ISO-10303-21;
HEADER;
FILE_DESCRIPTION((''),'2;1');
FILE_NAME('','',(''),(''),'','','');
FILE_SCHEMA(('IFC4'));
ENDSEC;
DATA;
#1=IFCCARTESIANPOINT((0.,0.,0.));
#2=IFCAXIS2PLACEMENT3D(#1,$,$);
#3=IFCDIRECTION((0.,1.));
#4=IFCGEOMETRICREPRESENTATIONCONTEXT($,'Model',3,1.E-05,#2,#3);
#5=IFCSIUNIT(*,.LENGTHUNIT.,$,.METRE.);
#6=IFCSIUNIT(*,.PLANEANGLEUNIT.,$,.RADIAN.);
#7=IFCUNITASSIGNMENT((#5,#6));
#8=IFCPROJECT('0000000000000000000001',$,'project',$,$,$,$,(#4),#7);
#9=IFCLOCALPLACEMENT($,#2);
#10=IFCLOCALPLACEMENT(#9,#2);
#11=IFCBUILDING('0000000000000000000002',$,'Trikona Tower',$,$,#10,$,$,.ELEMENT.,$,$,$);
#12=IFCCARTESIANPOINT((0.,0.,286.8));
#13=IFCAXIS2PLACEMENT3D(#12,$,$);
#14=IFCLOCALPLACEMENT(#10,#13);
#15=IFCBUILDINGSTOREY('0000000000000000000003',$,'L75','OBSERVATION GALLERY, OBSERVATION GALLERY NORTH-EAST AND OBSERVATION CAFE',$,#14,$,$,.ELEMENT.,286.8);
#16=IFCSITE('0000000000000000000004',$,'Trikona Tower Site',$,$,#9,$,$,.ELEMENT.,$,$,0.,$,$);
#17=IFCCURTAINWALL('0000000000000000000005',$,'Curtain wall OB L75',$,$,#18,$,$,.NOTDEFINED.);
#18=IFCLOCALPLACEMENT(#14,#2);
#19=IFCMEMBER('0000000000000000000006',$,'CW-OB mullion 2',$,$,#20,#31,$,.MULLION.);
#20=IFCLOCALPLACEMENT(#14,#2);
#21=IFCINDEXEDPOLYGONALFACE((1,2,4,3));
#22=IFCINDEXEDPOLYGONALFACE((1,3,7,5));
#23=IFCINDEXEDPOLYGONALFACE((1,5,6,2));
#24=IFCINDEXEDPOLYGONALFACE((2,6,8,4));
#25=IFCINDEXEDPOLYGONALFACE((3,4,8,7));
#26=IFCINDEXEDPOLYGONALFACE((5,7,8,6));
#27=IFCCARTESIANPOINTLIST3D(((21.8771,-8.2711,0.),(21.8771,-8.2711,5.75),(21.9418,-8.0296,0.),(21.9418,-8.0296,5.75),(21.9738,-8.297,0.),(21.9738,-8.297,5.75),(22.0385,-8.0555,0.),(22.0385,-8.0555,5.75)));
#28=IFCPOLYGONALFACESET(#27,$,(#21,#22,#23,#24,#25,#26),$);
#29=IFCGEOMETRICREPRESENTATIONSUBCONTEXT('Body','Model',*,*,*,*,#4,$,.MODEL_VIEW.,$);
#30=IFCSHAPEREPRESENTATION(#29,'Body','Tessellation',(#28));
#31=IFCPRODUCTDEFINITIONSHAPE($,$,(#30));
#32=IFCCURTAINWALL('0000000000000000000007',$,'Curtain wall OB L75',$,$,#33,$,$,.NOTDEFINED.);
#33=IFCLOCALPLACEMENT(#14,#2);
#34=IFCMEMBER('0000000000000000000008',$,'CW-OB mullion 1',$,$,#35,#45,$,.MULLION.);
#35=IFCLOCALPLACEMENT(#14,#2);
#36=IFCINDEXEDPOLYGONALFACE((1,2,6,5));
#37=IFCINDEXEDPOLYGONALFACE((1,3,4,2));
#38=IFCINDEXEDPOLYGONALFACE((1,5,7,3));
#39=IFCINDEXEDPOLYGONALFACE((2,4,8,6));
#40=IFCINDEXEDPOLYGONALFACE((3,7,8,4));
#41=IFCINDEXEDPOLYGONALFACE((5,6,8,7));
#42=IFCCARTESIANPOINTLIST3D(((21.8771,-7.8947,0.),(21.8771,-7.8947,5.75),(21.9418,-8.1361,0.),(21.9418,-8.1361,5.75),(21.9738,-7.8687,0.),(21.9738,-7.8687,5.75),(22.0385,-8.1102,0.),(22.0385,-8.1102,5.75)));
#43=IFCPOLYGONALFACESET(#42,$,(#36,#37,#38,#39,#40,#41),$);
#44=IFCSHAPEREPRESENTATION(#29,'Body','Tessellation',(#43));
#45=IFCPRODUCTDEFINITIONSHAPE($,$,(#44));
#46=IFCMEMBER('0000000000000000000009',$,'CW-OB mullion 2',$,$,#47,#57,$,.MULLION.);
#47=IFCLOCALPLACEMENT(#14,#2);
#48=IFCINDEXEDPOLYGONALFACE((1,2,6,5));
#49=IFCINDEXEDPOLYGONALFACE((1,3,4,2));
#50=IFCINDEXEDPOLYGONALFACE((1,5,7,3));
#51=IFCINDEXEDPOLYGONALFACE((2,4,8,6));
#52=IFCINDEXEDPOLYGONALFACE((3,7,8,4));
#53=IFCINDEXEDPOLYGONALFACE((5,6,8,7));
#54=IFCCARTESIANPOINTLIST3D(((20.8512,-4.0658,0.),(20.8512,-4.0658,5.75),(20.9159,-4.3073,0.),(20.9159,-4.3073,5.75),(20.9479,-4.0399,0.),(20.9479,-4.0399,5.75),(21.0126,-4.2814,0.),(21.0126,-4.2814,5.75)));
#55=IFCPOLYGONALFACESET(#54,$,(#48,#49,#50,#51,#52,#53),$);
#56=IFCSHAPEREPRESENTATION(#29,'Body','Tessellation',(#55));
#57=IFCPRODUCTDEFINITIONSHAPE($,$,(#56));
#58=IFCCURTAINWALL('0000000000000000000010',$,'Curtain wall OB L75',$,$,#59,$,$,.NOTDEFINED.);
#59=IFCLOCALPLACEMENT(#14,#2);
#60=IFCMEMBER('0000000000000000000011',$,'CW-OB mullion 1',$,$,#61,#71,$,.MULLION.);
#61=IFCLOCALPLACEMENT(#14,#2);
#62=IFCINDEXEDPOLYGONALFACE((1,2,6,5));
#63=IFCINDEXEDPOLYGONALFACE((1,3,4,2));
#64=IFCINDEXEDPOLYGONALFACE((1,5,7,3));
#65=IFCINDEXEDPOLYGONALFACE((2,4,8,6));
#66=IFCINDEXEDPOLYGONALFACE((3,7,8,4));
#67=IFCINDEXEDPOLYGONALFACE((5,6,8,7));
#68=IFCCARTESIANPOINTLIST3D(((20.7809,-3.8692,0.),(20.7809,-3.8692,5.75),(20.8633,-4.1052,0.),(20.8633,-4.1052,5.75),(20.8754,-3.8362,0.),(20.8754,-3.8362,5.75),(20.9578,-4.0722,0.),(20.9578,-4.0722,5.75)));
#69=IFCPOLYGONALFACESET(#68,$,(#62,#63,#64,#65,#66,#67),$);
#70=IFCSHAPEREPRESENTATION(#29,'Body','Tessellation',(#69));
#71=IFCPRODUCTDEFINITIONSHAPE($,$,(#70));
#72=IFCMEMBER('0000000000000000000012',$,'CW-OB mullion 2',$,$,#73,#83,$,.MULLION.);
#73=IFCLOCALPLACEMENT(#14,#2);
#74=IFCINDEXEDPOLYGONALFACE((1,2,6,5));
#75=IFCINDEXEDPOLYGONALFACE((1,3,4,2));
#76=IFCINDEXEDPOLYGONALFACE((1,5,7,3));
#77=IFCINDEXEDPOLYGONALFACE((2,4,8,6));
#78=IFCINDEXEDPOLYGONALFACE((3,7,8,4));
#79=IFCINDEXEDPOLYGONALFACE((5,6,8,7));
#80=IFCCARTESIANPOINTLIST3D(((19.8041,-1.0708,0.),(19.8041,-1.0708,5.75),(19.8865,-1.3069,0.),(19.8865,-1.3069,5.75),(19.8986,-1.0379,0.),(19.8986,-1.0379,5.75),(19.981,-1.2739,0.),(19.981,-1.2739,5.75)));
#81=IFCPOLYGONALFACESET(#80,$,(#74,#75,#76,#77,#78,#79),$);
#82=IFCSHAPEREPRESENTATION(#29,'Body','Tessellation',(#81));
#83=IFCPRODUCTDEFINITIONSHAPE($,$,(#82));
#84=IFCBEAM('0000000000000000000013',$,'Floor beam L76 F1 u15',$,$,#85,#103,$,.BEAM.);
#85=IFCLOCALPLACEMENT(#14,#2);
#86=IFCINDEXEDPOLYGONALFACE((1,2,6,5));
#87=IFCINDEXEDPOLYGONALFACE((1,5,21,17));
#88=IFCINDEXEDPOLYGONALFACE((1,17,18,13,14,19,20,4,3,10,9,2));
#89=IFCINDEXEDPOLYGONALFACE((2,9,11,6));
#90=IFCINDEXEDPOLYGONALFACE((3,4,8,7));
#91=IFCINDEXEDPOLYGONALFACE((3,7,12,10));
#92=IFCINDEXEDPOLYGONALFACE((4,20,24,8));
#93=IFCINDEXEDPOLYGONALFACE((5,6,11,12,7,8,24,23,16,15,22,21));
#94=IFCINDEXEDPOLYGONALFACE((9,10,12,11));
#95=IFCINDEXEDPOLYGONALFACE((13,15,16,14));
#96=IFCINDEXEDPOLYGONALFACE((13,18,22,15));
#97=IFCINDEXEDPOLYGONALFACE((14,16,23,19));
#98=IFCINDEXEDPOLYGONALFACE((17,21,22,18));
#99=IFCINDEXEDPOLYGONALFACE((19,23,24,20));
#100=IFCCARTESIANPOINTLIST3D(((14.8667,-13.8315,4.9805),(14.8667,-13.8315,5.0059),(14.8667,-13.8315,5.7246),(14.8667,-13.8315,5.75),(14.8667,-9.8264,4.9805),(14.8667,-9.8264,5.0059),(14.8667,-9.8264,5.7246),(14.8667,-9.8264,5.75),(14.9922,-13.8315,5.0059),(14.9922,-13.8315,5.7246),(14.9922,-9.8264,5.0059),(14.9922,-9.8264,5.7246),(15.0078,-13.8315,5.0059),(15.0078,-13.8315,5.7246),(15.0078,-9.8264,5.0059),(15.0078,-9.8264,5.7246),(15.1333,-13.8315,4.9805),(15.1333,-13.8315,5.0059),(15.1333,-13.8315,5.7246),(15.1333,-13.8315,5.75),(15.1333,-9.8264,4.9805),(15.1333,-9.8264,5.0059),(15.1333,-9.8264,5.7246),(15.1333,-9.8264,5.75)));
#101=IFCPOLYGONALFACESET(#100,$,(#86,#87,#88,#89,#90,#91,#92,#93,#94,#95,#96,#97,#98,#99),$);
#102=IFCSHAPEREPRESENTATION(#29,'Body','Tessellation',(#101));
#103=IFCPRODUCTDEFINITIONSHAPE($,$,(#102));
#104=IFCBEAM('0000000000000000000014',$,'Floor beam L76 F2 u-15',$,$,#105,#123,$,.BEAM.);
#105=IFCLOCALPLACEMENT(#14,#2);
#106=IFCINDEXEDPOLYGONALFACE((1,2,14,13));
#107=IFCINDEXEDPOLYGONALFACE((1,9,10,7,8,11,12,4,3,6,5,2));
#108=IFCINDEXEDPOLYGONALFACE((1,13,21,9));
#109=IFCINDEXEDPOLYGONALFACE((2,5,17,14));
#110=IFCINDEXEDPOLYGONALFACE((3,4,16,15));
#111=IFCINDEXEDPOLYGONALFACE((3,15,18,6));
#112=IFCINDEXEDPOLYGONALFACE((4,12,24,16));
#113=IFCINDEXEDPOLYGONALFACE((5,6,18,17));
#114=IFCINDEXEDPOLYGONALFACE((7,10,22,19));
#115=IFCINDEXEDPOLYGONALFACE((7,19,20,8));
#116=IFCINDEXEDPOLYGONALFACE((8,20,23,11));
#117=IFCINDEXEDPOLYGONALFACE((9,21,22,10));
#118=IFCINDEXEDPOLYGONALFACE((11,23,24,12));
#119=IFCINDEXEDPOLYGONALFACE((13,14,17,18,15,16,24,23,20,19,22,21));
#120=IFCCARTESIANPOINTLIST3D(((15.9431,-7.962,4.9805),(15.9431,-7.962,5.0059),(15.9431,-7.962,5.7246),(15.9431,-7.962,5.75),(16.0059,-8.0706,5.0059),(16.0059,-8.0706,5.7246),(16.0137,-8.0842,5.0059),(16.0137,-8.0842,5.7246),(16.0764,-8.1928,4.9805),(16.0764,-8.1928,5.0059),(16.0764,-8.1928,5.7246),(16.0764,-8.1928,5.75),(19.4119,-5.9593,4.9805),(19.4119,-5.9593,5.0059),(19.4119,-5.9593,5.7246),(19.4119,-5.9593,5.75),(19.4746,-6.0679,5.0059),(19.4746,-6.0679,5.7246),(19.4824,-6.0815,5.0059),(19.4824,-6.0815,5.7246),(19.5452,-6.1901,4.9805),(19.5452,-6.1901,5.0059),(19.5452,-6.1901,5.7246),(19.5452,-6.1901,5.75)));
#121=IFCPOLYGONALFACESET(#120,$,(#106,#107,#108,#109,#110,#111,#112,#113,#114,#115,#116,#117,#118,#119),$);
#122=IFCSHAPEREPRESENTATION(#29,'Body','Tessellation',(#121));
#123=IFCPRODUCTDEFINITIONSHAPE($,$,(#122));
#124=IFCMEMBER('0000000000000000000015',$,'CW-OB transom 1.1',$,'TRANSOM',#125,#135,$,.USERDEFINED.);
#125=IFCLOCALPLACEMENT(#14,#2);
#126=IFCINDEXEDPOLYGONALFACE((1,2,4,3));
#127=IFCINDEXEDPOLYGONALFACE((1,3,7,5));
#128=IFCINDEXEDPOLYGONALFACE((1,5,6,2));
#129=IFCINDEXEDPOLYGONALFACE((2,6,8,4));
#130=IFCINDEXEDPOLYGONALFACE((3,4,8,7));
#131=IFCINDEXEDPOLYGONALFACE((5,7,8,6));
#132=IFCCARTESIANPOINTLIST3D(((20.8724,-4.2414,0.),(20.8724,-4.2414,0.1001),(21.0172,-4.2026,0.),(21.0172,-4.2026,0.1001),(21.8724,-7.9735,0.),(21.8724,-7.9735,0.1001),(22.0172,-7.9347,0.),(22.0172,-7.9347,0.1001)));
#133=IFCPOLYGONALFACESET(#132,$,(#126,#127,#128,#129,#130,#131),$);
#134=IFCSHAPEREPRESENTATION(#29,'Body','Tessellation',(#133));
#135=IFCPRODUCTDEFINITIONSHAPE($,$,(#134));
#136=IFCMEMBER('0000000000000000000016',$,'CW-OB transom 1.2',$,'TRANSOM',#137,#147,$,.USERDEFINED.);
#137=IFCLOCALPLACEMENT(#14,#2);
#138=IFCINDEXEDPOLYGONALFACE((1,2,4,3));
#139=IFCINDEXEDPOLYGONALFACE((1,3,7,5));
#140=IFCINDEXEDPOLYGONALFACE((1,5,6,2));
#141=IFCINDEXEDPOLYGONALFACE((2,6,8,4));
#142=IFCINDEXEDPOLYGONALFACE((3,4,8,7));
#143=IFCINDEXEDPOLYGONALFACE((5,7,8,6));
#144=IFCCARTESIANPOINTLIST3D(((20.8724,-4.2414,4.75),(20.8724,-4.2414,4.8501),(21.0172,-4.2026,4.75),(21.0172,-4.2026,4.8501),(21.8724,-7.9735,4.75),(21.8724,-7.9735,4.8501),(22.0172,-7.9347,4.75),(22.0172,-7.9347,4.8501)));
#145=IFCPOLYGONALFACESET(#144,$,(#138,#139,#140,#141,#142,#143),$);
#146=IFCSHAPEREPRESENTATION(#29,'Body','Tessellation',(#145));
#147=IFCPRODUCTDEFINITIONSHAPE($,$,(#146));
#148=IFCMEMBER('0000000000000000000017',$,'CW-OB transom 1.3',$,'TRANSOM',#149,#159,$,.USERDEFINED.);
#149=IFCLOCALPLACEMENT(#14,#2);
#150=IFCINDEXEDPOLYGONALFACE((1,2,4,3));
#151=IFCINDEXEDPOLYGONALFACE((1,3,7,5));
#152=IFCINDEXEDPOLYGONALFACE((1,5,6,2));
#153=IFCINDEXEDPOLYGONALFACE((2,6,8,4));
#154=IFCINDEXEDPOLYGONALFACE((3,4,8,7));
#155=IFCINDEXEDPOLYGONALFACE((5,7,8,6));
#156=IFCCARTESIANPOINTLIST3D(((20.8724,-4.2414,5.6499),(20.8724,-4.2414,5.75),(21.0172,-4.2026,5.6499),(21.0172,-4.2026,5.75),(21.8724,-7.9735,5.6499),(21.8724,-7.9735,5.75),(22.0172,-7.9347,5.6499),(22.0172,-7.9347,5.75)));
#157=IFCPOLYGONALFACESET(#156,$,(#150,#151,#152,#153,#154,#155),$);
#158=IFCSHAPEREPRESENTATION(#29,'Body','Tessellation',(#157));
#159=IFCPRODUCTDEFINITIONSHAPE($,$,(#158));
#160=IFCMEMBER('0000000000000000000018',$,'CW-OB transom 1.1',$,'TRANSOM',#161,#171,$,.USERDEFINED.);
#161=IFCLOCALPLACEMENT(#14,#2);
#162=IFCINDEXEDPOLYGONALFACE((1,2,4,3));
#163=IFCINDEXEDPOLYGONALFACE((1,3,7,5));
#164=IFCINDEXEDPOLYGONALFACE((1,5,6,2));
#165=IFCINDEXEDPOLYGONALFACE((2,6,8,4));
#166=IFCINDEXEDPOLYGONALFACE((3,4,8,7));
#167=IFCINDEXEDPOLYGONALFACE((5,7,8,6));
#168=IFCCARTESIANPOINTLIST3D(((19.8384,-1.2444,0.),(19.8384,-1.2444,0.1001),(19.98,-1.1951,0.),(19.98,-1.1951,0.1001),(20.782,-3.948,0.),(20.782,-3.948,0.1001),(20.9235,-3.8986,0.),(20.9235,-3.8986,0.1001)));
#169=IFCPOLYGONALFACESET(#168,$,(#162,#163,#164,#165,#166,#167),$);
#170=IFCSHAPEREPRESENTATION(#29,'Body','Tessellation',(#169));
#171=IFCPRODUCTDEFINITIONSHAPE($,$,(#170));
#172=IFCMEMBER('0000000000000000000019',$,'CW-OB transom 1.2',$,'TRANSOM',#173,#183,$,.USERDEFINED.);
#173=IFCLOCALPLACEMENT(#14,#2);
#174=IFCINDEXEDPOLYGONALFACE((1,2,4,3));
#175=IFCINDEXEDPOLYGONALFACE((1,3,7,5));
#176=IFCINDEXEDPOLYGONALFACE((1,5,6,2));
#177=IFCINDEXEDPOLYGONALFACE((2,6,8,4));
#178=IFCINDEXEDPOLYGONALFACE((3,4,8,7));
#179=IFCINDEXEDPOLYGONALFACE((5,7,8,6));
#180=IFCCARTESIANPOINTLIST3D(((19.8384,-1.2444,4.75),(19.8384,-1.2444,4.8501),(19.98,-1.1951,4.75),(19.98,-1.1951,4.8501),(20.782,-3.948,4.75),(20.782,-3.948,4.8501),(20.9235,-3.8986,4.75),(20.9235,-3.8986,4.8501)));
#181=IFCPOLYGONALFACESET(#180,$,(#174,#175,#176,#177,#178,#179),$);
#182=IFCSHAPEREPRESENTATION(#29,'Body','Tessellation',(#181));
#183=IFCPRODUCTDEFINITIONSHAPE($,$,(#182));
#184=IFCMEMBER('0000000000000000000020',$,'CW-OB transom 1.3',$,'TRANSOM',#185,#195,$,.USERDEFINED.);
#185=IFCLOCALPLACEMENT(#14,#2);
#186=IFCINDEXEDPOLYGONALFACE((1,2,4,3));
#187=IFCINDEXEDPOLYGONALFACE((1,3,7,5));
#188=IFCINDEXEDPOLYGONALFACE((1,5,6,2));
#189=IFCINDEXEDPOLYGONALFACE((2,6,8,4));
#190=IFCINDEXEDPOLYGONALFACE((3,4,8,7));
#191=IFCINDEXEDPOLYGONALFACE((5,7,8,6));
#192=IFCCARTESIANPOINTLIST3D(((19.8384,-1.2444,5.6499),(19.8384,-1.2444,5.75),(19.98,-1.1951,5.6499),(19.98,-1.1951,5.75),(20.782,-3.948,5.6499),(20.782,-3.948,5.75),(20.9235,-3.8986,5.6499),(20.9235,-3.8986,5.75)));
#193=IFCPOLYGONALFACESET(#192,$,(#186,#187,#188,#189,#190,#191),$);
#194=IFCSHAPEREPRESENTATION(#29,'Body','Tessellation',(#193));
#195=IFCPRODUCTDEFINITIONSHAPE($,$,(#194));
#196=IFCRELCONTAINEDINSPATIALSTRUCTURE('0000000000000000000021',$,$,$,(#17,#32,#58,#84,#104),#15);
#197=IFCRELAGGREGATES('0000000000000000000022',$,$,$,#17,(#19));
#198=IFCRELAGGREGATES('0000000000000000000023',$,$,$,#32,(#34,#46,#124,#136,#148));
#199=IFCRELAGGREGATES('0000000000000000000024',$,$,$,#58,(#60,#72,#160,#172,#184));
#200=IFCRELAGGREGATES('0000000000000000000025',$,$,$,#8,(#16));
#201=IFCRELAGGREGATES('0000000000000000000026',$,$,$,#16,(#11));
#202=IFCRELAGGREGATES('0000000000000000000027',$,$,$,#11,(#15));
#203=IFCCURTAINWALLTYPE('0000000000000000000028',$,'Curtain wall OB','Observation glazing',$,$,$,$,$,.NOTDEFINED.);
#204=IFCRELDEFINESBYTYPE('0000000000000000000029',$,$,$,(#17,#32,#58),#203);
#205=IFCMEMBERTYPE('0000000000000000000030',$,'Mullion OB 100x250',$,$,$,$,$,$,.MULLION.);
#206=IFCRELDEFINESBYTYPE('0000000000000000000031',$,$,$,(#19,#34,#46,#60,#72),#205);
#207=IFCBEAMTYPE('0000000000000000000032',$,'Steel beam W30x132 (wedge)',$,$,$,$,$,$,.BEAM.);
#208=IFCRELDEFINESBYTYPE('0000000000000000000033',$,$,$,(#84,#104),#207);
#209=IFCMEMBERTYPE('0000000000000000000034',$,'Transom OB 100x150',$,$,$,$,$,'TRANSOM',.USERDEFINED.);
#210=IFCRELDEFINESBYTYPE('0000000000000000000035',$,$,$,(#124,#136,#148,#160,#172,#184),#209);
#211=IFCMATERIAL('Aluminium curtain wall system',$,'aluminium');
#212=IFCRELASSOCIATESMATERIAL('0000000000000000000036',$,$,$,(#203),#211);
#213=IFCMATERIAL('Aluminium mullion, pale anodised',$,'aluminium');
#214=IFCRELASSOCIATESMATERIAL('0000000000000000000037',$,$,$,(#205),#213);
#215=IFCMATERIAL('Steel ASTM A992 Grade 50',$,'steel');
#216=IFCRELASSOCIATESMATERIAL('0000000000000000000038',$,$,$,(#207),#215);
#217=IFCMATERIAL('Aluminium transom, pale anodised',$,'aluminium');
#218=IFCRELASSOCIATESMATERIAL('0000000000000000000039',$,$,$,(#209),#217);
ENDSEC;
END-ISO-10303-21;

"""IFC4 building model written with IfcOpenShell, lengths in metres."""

from ifc_helpers import new_model, si_unit, direction, frame, origin, origin_2d, place, context, subcontext, project, spatial, rectangle, i_section, extrude, material, material_profile, profile_set, type_object, element, aggregate, save


model = new_model("IFC4")

# Units and contexts
model_context = context("Model", 3, precision=1e-05, world=origin(), true_north=direction((0.0, 1.0)))
body_context = subcontext(model_context, "Body", "Model", "MODEL_VIEW")
ifc_project = project(units=[si_unit("LENGTHUNIT", "METRE"), si_unit("PLANEANGLEUNIT", "RADIAN")], contexts=[model_context])

# Site, building, storey
site_placement = place(None, origin())
site = spatial("IfcSite", under=ifc_project, at=site_placement, Name="Trikona Tower Site", CompositionType="ELEMENT", RefElevation=0.0)
building_placement = place(site_placement, origin())
building = spatial("IfcBuilding", under=site, at=building_placement, Name="Trikona Tower", CompositionType="ELEMENT")
storey_placement = place(building_placement, frame((0.0, 0.0, 286.8)))
storey = spatial("IfcBuildingStorey", under=building, at=storey_placement, Name="L75", Description="OBSERVATION GALLERY, OBSERVATION GALLERY NORTH-EAST AND OBSERVATION CAFE", CompositionType="ELEMENT", Elevation=286.8)

# Curtain wall, member
ifc_material_1 = material(Name="Aluminium curtain wall system", Category="aluminium")
curtain_wall_type = type_object("IfcCurtainWallType", Name="Curtain wall OB", Description="Observation glazing", PredefinedType="NOTDEFINED", material=ifc_material_1)
curtain_wall_1_placement = place(storey_placement, origin())
curtain_wall_1 = element("IfcCurtainWall", 1, at=curtain_wall_1_placement, inside=storey, type_object=curtain_wall_type, Name="Curtain wall OB L75", PredefinedType="NOTDEFINED")
ifc_material_2 = material(Name="Aluminium mullion, pale anodised", Category="aluminium")
ifc_material_profile_1 = material_profile(ifc_material_2, rectangle(XDim=0.1001, YDim=0.25, at=origin_2d()), Name="MUL-OB")
ifc_profile_set_1 = profile_set([ifc_material_profile_1], Name="Aluminium mullion, pale anodised")
member_type_1 = type_object("IfcMemberType", Name="Mullion OB 100x250", PredefinedType="MULLION", material=ifc_profile_set_1)
member_1_placement = place(storey_placement, frame((21.9578, -8.1633, 0.0), z_axis=(0.0, 0.0, 1.0), x_axis=(-0.965923, 0.258828, 0.0)))
member_1 = element("IfcMember", 2, at=member_1_placement, type_object=member_type_1, Name="CW-OB mullion 2", PredefinedType="MULLION", context=body_context, shape_type="SweptSolid", body=[
    extrude(rectangle(XDim=0.1001, YDim=0.25, at=origin_2d()), origin(), (0.0, 0.0, 1.0), 5.75),
])

# Curtain walls, members
curtain_wall_2_placement = place(storey_placement, origin())
curtain_wall_2 = element("IfcCurtainWall", 3, at=curtain_wall_2_placement, inside=storey, type_object=curtain_wall_type, Name="Curtain wall OB L75", PredefinedType="NOTDEFINED")
member_2_placement = place(storey_placement, frame((21.9578, -8.0024, 0.0), z_axis=(0.0, 0.0, 1.0), x_axis=(-0.965922, -0.258834, 0.0)))
member_2 = element("IfcMember", 4, at=member_2_placement, type_object=member_type_1, Name="CW-OB mullion 1", PredefinedType="MULLION", context=body_context, shape_type="SweptSolid", body=[
    extrude(rectangle(XDim=0.1001, YDim=0.25, at=origin_2d()), origin(), (0.0, 0.0, 1.0), 5.75),
])
member_3_placement = place(storey_placement, frame((20.9319, -4.1736, 0.0), z_axis=(0.0, 0.0, 1.0), x_axis=(-0.965922, -0.258834, 0.0)))
member_3 = element("IfcMember", 5, at=member_3_placement, type_object=member_type_1, Name="CW-OB mullion 2", PredefinedType="MULLION", context=body_context, shape_type="SweptSolid", body=[
    extrude(rectangle(XDim=0.1001, YDim=0.25, at=origin_2d()), origin(), (0.0, 0.0, 1.0), 5.75),
])
curtain_wall_3_placement = place(storey_placement, origin())
curtain_wall_3 = element("IfcCurtainWall", 6, at=curtain_wall_3_placement, inside=storey, type_object=curtain_wall_type, Name="Curtain wall OB L75", PredefinedType="NOTDEFINED")
member_4_placement = place(storey_placement, frame((20.8694, -3.9707, 0.0), z_axis=(0.0, 0.0, 1.0), x_axis=(-0.944137, -0.329552, 0.0)))
member_4 = element("IfcMember", 7, at=member_4_placement, type_object=member_type_1, Name="CW-OB mullion 1", PredefinedType="MULLION", context=body_context, shape_type="SweptSolid", body=[
    extrude(rectangle(XDim=0.1001, YDim=0.25, at=origin_2d()), origin(), (0.0, 0.0, 1.0), 5.75),
])
member_5_placement = place(storey_placement, frame((19.8926, -1.1724, 0.0), z_axis=(0.0, 0.0, 1.0), x_axis=(-0.944137, -0.329552, 0.0)))
member_5 = element("IfcMember", 8, at=member_5_placement, type_object=member_type_1, Name="CW-OB mullion 2", PredefinedType="MULLION", context=body_context, shape_type="SweptSolid", body=[
    extrude(rectangle(XDim=0.1001, YDim=0.25, at=origin_2d()), origin(), (0.0, 0.0, 1.0), 5.75),
])

# Beams
ifc_material_3 = material(Name="Steel ASTM A992 Grade 50", Category="steel")
ifc_material_profile_2 = material_profile(ifc_material_3, i_section(OverallWidth=0.2666, OverallDepth=0.7695, WebThickness=0.0156, FlangeThickness=0.0254, at=origin_2d()), Name="W30X132")
ifc_profile_set_2 = profile_set([ifc_material_profile_2], Name="Steel ASTM A992 Grade 50")
beam_type = type_object("IfcBeamType", Name="Steel beam W30x132 (wedge)", PredefinedType="BEAM", material=ifc_profile_set_2)
beam_1_placement = place(storey_placement, frame((15.0, -9.8264, 5.3652), z_axis=(0.0, -1.0, 0.0), x_axis=(1.0, 0.0, 0.0)))
element("IfcBeam", 9, at=beam_1_placement, inside=storey, type_object=beam_type, Name="Floor beam L76 F1 u15", PredefinedType="BEAM", context=body_context, shape_type="SweptSolid", body=[
    extrude(i_section(OverallWidth=0.2666, OverallDepth=0.7695, WebThickness=0.0156, FlangeThickness=0.0254, at=origin_2d()), origin(), (0.0, 0.0, 1.0), 4.0051),
])
beam_2_placement = place(storey_placement, frame((16.0098, -8.0774, 5.3652), z_axis=(0.866025, 0.5, 0.0), x_axis=(-0.5, 0.866025, 0.0)))
element("IfcBeam", 10, at=beam_2_placement, inside=storey, type_object=beam_type, Name="Floor beam L76 F2 u-15", PredefinedType="BEAM", context=body_context, shape_type="SweptSolid", body=[
    extrude(i_section(OverallWidth=0.2666, OverallDepth=0.7695, WebThickness=0.0156, FlangeThickness=0.0254, at=origin_2d()), origin(), (0.0, 0.0, 1.0), 4.0054),
])

# Members
ifc_material_4 = material(Name="Aluminium transom, pale anodised", Category="aluminium")
ifc_material_profile_3 = material_profile(ifc_material_4, rectangle(XDim=0.1499, YDim=0.1001, at=origin_2d()), Name="TRN-OB")
ifc_profile_set_3 = profile_set([ifc_material_profile_3], Name="Aluminium transom, pale anodised")
member_type_2 = type_object("IfcMemberType", Name="Transom OB 100x150", ElementType="TRANSOM", PredefinedType="USERDEFINED", material=ifc_profile_set_3)
member_6_placement = place(storey_placement, frame((21.9448, -7.9541, 0.05), z_axis=(-0.258811, 0.965928, 0.0), x_axis=(-0.965928, -0.258811, 0.0)))
member_6 = element("IfcMember", 11, at=member_6_placement, type_object=member_type_2, Name="CW-OB transom 1.1", ObjectType="TRANSOM", PredefinedType="USERDEFINED", context=body_context, shape_type="SweptSolid", body=[
    extrude(rectangle(XDim=0.1499, YDim=0.1001, at=origin_2d()), origin(), (0.0, 0.0, 1.0), 3.8638),
])
member_7_placement = place(storey_placement, frame((21.9448, -7.9541, 4.8), z_axis=(-0.258811, 0.965928, 0.0), x_axis=(-0.965928, -0.258811, 0.0)))
member_7 = element("IfcMember", 12, at=member_7_placement, type_object=member_type_2, Name="CW-OB transom 1.2", ObjectType="TRANSOM", PredefinedType="USERDEFINED", context=body_context, shape_type="SweptSolid", body=[
    extrude(rectangle(XDim=0.1499, YDim=0.1001, at=origin_2d()), origin(), (0.0, 0.0, 1.0), 3.8638),
])
member_8_placement = place(storey_placement, frame((21.9448, -7.9541, 5.7), z_axis=(-0.258811, 0.965928, 0.0), x_axis=(-0.965928, -0.258811, 0.0)))
member_8 = element("IfcMember", 13, at=member_8_placement, type_object=member_type_2, Name="CW-OB transom 1.3", ObjectType="TRANSOM", PredefinedType="USERDEFINED", context=body_context, shape_type="SweptSolid", body=[
    extrude(rectangle(XDim=0.1499, YDim=0.1001, at=origin_2d()), origin(), (0.0, 0.0, 1.0), 3.8638),
])
member_9_placement = place(storey_placement, frame((20.8528, -3.9233, 0.05), z_axis=(-0.329522, 0.944148, 0.0), x_axis=(-0.944148, -0.329522, 0.0)))
member_9 = element("IfcMember", 14, at=member_9_placement, type_object=member_type_2, Name="CW-OB transom 1.1", ObjectType="TRANSOM", PredefinedType="USERDEFINED", context=body_context, shape_type="SweptSolid", body=[
    extrude(rectangle(XDim=0.1499, YDim=0.1001, at=origin_2d()), origin(), (0.0, 0.0, 1.0), 2.8635),
])
member_10_placement = place(storey_placement, frame((20.8528, -3.9233, 4.8), z_axis=(-0.329522, 0.944148, 0.0), x_axis=(-0.944148, -0.329522, 0.0)))
member_10 = element("IfcMember", 15, at=member_10_placement, type_object=member_type_2, Name="CW-OB transom 1.2", ObjectType="TRANSOM", PredefinedType="USERDEFINED", context=body_context, shape_type="SweptSolid", body=[
    extrude(rectangle(XDim=0.1499, YDim=0.1001, at=origin_2d()), origin(), (0.0, 0.0, 1.0), 2.8635),
])
member_11_placement = place(storey_placement, frame((20.8528, -3.9233, 5.7), z_axis=(-0.329522, 0.944148, 0.0), x_axis=(-0.944148, -0.329522, 0.0)))
member_11 = element("IfcMember", 16, at=member_11_placement, type_object=member_type_2, Name="CW-OB transom 1.3", ObjectType="TRANSOM", PredefinedType="USERDEFINED", context=body_context, shape_type="SweptSolid", body=[
    extrude(rectangle(XDim=0.1499, YDim=0.1001, at=origin_2d()), origin(), (0.0, 0.0, 1.0), 2.8635),
])

aggregate(curtain_wall_1, [member_1])
aggregate(curtain_wall_2, [member_2, member_3, member_6, member_7, member_8])
aggregate(curtain_wall_3, [member_4, member_5, member_9, member_10, member_11])

save(model, "model.ifc")
